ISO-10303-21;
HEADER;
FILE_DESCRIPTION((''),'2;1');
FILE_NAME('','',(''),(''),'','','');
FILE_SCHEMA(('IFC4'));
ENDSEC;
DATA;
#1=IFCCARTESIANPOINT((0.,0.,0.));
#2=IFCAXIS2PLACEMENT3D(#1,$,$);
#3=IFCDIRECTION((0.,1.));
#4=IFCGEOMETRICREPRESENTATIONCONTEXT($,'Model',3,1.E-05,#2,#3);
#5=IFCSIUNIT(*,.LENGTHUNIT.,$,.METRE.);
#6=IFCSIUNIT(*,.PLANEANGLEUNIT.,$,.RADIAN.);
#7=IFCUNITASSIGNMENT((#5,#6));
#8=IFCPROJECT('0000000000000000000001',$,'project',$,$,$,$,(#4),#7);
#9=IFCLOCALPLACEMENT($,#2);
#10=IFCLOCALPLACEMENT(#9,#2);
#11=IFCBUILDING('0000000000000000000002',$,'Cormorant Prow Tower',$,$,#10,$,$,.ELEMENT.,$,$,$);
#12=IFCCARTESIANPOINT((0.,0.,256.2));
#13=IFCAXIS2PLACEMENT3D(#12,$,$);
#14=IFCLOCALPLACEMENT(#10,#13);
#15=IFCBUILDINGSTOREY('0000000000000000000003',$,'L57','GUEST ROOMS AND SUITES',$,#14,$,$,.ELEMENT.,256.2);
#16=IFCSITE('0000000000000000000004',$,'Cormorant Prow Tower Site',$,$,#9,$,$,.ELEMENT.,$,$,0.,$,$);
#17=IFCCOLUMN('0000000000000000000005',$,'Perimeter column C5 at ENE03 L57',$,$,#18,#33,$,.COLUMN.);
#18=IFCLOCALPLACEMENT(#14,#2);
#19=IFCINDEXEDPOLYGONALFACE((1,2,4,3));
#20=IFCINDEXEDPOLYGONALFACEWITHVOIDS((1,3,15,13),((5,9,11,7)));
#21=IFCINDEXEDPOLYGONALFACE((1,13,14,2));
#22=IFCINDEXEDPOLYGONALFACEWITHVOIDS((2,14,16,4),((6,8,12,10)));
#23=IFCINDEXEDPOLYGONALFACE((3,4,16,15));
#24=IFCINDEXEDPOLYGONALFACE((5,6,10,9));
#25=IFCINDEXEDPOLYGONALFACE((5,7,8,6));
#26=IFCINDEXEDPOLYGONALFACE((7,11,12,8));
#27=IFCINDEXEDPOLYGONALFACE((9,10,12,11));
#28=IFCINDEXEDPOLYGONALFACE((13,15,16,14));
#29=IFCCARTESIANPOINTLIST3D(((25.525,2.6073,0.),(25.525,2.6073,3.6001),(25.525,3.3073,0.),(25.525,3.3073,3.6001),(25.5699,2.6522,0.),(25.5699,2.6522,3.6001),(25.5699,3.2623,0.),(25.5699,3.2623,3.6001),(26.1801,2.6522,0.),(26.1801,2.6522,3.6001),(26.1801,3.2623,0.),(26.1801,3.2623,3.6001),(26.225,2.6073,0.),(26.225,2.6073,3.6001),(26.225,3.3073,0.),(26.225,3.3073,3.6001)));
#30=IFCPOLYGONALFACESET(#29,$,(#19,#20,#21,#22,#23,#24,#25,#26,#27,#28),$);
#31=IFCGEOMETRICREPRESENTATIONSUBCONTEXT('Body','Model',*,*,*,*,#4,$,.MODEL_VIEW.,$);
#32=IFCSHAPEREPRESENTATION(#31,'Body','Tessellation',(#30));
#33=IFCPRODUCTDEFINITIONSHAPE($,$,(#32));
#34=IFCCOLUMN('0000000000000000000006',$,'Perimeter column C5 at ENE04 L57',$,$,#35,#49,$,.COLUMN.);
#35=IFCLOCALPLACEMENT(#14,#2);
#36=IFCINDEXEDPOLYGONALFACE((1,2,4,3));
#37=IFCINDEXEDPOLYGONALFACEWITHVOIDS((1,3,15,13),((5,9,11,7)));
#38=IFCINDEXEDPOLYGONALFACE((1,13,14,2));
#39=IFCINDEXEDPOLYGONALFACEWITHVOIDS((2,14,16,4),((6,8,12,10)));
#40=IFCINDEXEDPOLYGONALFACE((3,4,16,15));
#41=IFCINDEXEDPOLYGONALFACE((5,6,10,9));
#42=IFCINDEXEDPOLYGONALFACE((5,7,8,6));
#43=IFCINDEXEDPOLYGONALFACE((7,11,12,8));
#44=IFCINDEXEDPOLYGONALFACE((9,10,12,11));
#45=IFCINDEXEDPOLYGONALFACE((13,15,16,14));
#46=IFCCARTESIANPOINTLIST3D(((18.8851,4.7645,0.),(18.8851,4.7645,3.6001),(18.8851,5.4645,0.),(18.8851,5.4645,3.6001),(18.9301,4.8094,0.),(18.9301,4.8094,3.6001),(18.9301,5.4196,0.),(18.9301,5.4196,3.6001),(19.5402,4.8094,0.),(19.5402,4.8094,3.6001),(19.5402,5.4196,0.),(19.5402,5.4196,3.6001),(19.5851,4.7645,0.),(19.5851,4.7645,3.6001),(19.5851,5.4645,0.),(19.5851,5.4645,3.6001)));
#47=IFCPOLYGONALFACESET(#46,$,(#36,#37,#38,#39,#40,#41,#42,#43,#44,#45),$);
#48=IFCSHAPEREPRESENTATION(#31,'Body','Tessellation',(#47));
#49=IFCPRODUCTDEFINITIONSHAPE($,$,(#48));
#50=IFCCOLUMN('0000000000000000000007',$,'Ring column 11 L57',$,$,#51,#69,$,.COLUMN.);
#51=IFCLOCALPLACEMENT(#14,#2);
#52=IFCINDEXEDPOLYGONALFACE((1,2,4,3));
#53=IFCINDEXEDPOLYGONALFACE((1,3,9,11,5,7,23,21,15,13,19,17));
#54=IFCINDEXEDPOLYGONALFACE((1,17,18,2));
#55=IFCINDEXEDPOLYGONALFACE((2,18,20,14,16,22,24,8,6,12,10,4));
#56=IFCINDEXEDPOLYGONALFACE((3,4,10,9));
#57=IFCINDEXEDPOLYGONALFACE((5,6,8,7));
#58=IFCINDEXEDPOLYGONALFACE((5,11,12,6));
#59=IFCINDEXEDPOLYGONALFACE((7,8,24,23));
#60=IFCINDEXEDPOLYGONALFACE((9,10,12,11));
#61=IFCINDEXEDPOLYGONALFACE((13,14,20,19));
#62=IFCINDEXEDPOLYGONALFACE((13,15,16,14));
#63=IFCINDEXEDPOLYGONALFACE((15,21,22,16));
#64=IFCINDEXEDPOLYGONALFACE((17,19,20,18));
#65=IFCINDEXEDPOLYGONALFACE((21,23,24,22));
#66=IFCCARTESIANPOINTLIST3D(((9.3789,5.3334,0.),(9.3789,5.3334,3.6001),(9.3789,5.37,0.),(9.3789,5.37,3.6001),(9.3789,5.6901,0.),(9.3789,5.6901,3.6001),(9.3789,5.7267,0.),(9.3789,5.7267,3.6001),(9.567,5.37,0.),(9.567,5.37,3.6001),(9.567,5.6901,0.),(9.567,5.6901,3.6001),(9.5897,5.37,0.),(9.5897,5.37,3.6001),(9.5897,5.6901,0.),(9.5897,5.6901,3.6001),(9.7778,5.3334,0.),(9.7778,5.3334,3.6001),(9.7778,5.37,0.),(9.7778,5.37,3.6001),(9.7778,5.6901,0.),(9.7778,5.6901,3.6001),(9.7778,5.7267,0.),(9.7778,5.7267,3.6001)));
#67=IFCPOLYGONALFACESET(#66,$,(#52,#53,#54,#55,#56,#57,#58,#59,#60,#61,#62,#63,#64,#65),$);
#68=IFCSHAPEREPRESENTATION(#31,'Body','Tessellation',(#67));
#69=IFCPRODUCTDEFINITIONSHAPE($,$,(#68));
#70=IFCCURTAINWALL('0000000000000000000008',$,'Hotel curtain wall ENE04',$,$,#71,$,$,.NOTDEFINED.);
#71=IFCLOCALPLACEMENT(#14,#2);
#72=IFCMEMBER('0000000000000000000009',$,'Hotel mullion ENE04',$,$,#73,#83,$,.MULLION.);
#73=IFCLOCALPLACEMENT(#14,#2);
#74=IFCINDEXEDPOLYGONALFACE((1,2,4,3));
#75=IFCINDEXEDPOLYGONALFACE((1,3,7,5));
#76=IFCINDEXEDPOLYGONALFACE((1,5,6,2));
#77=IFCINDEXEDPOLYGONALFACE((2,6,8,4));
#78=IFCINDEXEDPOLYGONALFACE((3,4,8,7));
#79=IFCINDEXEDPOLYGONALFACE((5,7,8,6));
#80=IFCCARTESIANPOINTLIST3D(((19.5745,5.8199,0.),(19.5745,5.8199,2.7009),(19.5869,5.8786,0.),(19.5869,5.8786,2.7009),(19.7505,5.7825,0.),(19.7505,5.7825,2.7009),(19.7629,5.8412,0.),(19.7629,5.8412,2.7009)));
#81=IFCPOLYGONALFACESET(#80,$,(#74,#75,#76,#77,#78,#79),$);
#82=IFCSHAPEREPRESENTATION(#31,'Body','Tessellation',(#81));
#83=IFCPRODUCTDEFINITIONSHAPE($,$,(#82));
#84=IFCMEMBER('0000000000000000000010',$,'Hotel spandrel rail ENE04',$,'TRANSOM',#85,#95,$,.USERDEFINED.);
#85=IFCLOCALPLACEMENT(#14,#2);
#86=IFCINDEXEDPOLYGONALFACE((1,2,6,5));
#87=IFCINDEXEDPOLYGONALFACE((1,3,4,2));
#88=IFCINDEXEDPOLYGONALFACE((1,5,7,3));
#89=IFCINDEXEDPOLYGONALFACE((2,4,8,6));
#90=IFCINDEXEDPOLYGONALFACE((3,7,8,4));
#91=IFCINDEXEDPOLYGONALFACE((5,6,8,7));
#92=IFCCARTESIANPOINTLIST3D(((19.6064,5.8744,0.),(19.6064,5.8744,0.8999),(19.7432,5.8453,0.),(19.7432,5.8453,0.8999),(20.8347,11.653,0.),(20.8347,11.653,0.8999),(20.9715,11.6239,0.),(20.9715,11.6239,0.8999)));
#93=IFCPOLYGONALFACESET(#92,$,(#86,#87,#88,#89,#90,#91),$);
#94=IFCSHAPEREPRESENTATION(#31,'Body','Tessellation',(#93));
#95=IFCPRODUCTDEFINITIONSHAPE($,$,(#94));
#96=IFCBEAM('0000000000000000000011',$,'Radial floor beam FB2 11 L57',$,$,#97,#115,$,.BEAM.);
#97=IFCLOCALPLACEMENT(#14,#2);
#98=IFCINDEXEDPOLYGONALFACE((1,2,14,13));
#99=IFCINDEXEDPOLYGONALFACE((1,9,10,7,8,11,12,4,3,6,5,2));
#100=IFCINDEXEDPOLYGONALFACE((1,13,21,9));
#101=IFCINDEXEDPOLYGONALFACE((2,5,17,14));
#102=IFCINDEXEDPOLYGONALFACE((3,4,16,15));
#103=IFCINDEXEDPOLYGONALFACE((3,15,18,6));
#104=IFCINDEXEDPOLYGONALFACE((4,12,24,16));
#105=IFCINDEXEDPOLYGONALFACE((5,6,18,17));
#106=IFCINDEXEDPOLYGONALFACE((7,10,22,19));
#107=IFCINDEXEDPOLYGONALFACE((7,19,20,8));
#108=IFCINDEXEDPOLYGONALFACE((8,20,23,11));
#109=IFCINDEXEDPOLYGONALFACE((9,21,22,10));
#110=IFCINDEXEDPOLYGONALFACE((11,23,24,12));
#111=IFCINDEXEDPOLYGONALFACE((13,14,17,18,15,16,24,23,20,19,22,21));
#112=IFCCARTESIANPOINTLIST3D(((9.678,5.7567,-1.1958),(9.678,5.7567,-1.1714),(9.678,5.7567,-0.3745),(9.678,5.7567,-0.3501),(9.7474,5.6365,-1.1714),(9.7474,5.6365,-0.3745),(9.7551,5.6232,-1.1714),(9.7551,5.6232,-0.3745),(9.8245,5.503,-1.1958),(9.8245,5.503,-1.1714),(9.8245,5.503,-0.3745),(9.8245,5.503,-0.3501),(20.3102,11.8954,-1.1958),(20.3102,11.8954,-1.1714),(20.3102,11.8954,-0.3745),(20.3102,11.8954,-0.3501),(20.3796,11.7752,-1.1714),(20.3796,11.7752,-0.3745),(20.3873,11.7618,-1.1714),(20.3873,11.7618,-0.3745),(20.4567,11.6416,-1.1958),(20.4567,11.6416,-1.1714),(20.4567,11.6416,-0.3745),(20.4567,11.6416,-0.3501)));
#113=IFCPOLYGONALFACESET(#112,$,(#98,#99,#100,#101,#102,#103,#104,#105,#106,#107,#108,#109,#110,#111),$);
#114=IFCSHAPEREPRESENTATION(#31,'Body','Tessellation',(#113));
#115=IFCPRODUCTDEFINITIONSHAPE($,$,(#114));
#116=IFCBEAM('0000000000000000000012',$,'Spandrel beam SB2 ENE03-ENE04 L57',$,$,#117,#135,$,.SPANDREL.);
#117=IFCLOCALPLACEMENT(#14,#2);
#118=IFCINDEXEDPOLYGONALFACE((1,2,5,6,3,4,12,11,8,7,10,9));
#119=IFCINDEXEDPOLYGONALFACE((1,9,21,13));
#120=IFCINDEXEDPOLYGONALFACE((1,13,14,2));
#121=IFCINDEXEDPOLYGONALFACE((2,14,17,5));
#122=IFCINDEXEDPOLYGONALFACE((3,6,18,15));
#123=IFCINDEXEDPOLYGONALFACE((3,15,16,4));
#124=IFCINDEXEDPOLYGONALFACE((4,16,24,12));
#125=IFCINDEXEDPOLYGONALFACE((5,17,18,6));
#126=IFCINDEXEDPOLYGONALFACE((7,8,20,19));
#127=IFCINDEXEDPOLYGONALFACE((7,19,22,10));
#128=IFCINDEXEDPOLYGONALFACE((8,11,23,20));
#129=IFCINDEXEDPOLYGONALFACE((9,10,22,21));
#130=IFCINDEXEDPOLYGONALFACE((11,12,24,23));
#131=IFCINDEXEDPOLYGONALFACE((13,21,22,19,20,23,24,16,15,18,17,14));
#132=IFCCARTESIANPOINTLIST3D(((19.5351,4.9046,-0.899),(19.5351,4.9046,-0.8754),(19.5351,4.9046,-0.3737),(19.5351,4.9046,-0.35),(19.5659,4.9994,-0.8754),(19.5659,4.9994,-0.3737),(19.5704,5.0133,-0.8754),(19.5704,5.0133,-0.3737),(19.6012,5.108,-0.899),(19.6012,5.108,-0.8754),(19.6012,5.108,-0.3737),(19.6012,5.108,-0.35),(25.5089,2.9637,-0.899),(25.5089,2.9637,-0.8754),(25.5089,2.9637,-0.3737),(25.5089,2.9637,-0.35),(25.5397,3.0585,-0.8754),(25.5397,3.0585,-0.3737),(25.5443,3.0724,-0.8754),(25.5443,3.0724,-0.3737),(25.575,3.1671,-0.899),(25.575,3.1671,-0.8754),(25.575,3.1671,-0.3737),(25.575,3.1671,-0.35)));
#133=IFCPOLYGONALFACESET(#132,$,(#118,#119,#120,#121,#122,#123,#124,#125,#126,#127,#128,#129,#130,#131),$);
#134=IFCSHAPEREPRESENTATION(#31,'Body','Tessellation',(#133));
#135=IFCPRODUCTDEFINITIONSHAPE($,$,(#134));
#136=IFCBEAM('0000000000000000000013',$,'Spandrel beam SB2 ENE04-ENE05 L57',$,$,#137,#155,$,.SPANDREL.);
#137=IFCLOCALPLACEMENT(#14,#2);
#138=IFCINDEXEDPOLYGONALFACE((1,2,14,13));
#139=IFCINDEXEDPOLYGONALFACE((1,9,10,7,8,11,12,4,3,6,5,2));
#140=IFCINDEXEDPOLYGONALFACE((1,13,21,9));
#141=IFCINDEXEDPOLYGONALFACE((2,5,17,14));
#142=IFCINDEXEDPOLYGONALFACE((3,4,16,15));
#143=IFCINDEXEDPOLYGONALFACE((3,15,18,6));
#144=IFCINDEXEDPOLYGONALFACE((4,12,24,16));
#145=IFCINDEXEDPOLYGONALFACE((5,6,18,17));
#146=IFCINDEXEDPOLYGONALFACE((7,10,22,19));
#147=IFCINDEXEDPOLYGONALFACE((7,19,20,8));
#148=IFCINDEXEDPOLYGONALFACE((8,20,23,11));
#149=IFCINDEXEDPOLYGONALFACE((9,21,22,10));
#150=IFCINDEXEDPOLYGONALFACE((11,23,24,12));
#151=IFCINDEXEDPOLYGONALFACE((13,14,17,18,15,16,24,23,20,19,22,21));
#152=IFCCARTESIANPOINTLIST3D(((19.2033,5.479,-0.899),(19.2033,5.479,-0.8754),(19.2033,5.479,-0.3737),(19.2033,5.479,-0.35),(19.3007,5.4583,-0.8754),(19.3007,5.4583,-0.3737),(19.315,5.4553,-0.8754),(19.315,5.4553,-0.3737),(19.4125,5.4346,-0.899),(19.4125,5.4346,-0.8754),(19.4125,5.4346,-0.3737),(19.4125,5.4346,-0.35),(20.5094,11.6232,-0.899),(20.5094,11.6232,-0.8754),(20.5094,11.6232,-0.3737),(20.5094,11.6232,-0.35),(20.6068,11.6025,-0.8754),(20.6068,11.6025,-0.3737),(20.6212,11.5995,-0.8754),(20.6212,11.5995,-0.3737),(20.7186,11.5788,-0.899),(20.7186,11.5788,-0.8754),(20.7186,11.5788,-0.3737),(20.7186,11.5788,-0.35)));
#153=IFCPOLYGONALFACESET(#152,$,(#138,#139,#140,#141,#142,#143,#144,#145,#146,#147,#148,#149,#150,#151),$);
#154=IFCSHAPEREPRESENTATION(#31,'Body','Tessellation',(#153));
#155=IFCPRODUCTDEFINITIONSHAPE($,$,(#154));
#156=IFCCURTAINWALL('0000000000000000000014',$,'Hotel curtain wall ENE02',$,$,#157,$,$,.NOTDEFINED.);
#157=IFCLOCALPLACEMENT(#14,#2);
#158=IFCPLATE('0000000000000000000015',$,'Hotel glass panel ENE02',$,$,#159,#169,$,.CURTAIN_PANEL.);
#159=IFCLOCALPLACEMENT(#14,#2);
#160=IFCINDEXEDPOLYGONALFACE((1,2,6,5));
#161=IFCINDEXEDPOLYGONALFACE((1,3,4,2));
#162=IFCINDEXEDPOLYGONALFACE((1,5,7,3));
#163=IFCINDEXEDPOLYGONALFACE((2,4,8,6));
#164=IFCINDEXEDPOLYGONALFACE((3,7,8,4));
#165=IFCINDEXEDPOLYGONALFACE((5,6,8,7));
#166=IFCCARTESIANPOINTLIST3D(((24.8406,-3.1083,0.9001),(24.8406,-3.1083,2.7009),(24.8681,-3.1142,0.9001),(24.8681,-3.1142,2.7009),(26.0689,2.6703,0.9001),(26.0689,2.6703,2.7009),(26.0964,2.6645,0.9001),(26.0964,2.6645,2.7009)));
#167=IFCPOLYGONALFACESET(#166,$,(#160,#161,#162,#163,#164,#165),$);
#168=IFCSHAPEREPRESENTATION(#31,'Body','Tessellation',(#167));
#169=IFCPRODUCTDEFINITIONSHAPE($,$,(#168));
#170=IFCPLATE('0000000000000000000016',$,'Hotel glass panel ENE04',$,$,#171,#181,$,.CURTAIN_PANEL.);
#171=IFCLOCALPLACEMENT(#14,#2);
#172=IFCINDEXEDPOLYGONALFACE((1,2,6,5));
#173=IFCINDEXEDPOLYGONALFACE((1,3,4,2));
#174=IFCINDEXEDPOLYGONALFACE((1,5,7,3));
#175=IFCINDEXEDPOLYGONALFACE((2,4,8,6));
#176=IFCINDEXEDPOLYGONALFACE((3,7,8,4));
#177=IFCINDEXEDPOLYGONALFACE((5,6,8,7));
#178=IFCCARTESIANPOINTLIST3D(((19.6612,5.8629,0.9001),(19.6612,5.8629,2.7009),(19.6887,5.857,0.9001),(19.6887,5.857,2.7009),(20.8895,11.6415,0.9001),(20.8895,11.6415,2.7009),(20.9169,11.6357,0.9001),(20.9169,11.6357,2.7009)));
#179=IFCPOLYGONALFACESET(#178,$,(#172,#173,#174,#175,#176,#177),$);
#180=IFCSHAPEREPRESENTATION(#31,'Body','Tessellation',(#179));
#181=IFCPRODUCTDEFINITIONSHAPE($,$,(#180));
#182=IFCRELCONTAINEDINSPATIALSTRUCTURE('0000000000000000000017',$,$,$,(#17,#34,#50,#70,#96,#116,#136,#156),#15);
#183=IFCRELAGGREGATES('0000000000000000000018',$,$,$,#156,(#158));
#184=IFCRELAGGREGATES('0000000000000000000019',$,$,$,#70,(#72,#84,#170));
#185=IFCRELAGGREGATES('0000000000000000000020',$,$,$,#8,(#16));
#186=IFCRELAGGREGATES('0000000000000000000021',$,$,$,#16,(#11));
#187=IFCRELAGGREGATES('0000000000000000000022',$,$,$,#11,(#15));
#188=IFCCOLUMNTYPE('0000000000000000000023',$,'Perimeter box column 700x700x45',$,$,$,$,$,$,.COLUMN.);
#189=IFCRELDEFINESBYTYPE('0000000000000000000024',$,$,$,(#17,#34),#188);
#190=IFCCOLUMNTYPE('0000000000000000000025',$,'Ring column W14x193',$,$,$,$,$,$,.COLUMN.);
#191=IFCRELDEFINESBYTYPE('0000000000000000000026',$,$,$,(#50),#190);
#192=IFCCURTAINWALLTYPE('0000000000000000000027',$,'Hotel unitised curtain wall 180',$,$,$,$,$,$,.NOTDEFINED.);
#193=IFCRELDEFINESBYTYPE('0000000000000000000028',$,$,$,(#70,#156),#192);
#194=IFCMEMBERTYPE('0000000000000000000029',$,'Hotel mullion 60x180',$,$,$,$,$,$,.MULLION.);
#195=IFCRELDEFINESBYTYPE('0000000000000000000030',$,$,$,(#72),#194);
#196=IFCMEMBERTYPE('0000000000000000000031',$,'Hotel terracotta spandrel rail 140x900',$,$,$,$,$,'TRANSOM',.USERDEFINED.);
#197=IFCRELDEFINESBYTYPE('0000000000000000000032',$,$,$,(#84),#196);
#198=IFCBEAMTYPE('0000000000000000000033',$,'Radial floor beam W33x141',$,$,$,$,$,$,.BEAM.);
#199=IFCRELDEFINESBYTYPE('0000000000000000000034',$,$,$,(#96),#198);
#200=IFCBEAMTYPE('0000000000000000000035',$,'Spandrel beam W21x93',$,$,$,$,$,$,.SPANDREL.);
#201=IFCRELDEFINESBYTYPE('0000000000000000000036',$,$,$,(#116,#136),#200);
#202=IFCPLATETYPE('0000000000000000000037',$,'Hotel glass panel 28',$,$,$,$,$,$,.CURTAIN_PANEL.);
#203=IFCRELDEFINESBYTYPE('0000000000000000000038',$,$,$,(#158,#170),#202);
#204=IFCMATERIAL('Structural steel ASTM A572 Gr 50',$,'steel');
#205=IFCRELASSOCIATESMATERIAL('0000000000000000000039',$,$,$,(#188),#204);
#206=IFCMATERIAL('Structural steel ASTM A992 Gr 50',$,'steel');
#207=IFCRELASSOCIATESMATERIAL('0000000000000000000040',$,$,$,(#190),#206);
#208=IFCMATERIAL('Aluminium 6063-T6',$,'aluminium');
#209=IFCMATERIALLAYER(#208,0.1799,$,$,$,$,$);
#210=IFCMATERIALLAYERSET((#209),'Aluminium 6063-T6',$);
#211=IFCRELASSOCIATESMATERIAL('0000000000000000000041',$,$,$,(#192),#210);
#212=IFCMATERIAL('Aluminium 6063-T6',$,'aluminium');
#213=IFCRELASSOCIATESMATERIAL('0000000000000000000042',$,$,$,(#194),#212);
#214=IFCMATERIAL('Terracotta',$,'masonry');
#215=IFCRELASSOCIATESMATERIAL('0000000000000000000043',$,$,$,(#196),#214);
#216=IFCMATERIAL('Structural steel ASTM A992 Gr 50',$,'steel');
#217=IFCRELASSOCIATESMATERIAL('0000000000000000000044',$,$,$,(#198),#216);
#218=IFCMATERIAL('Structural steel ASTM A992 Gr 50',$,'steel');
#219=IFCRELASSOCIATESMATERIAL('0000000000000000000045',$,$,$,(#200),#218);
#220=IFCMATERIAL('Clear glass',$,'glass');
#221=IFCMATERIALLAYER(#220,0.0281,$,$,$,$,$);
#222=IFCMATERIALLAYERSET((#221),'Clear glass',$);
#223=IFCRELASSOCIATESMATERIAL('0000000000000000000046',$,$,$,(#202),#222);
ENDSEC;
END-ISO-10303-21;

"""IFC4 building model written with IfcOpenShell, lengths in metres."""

from ifc_helpers import new_model, si_unit, direction, frame, origin, origin_2d, place, context, subcontext, project, spatial, rectangle, hollow_rectangle, i_section, extrude, material, layer, layer_set, material_profile, profile_set, type_object, element, aggregate, save


model = new_model("IFC4")

# Units and contexts
model_context = context("Model", 3, precision=1e-05, world=origin(), true_north=direction((0.0, 1.0)))
body_context = subcontext(model_context, "Body", "Model", "MODEL_VIEW")
ifc_project = project(units=[si_unit("LENGTHUNIT", "METRE"), si_unit("PLANEANGLEUNIT", "RADIAN")], contexts=[model_context])

# Site, building, storey
site_placement = place(None, origin())
site = spatial("IfcSite", under=ifc_project, at=site_placement, Name="Cormorant Prow Tower Site", CompositionType="ELEMENT", RefElevation=0.0)
building_placement = place(site_placement, origin())
building = spatial("IfcBuilding", under=site, at=building_placement, Name="Cormorant Prow Tower", CompositionType="ELEMENT")
storey_placement = place(building_placement, frame((0.0, 0.0, 256.2)))
storey = spatial("IfcBuildingStorey", under=building, at=storey_placement, Name="L57", Description="GUEST ROOMS AND SUITES", CompositionType="ELEMENT", Elevation=256.2)

# Columns
ifc_material_1 = material(Name="Structural steel ASTM A572 Gr 50", Category="steel")
ifc_material_profile_1 = material_profile(ifc_material_1, hollow_rectangle(XDim=0.7, YDim=0.7, WallThickness=0.0449, at=origin_2d()), Name="Box 700x700x45")
ifc_profile_set_1 = profile_set([ifc_material_profile_1], Name="Structural steel ASTM A572 Gr 50")
column_type_1 = type_object("IfcColumnType", Name="Perimeter box column 700x700x45", PredefinedType="COLUMN", material=ifc_profile_set_1)
for number, where, z_axis, x_axis, name in (
    (1, (25.875, 2.9573, 0.0), (0.0, 0.0, 1.0), (1.0, 0.0, 0.0), "Perimeter column C5 at ENE03 L57"),
    (2, (19.2351, 5.1145, 0.0), (0.0, 0.0, 1.0), (1.0, 0.0, 0.0), "Perimeter column C5 at ENE04 L57"),
):
    element("IfcColumn", number, at=place(storey_placement, frame(where, z_axis=z_axis, x_axis=x_axis)), inside=storey, type_object=column_type_1, Name=name, PredefinedType="COLUMN", context=body_context, shape_type="SweptSolid", body=[
        extrude(hollow_rectangle(XDim=0.7, YDim=0.7, WallThickness=0.0449, at=origin_2d()), origin(), (0.0, 0.0, 1.0), 3.6001),
    ])
ifc_material_2 = material(Name="Structural steel ASTM A992 Gr 50", Category="steel")
ifc_material_profile_2 = material_profile(ifc_material_2, i_section(OverallWidth=0.3989, OverallDepth=0.3933, WebThickness=0.0227, FlangeThickness=0.0366, at=origin_2d()), Name="W14x193")
ifc_profile_set_2 = profile_set([ifc_material_profile_2], Name="Structural steel ASTM A992 Gr 50")
column_type_2 = type_object("IfcColumnType", Name="Ring column W14x193", PredefinedType="COLUMN", material=ifc_profile_set_2)
column_placement = place(storey_placement, frame((9.5784, 5.53, 0.0), z_axis=(0.0, 0.0, 1.0), x_axis=(1.0, 0.0, 0.0)))
element("IfcColumn", 3, at=column_placement, inside=storey, type_object=column_type_2, Name="Ring column 11 L57", PredefinedType="COLUMN", context=body_context, shape_type="SweptSolid", body=[
    extrude(i_section(OverallWidth=0.3989, OverallDepth=0.3933, WebThickness=0.0227, FlangeThickness=0.0366, at=origin_2d()), origin(), (0.0, 0.0, 1.0), 3.6001),
])

# Curtain wall, members
ifc_material_3 = material(Name="Aluminium 6063-T6", Category="aluminium")
ifc_layer_1 = layer(ifc_material_3, 0.1799)
ifc_layer_set_1 = layer_set([ifc_layer_1], Name="Aluminium 6063-T6")
curtain_wall_type = type_object("IfcCurtainWallType", Name="Hotel unitised curtain wall 180", PredefinedType="NOTDEFINED", material=ifc_layer_set_1)
curtain_wall_1_placement = place(storey_placement, origin())
curtain_wall_1 = element("IfcCurtainWall", 4, at=curtain_wall_1_placement, inside=storey, type_object=curtain_wall_type, Name="Hotel curtain wall ENE04", PredefinedType="NOTDEFINED")
ifc_material_4 = material(Name="Aluminium 6063-T6", Category="aluminium")
ifc_material_profile_3 = material_profile(ifc_material_4, rectangle(XDim=0.1799, YDim=0.0601, at=origin_2d()), Name="Hotel mullion 60x180")
ifc_profile_set_3 = profile_set([ifc_material_profile_3], Name="Aluminium 6063-T6")
member_type_1 = type_object("IfcMemberType", Name="Hotel mullion 60x180", PredefinedType="MULLION", material=ifc_profile_set_3)
member_1_placement = place(storey_placement, frame((19.6687, 5.8306, 0.0), z_axis=(0.0, 0.0, 1.0), x_axis=(-0.978148, 0.207912, 0.0)))
member_1 = element("IfcMember", 5, at=member_1_placement, type_object=member_type_1, Name="Hotel mullion ENE04", PredefinedType="MULLION", context=body_context, shape_type="SweptSolid", body=[
    extrude(rectangle(XDim=0.1799, YDim=0.0601, at=origin_2d()), origin(), (0.0, 0.0, 1.0), 2.7009),
])
ifc_material_5 = material(Name="Terracotta", Category="masonry")
ifc_material_profile_4 = material_profile(ifc_material_5, rectangle(XDim=0.1399, YDim=0.8999, at=origin_2d()), Name="Hotel terracotta spandrel rail 140x900")
ifc_profile_set_4 = profile_set([ifc_material_profile_4], Name="Terracotta")
member_type_2 = type_object("IfcMemberType", Name="Hotel terracotta spandrel rail 140x900", ElementType="TRANSOM", PredefinedType="USERDEFINED", material=ifc_profile_set_4)
member_2_placement = place(storey_placement, frame((19.6748, 5.8599, 0.45), z_axis=(0.207912, 0.978148, 0.0), x_axis=(-0.978148, 0.207912, 0.0)))
member_2 = element("IfcMember", 6, at=member_2_placement, type_object=member_type_2, Name="Hotel spandrel rail ENE04", ObjectType="TRANSOM", PredefinedType="USERDEFINED", context=body_context, shape_type="SweptSolid", body=[
    extrude(rectangle(XDim=0.1399, YDim=0.8999, at=origin_2d()), origin(), (0.0, 0.0, 1.0), 5.9077),
])

# Beams
ifc_material_6 = material(Name="Structural steel ASTM A992 Gr 50", Category="steel")
ifc_material_profile_5 = material_profile(ifc_material_6, i_section(OverallWidth=0.293, OverallDepth=0.8457, WebThickness=0.0154, FlangeThickness=0.0244, at=origin_2d()), Name="W33x141")
ifc_profile_set_5 = profile_set([ifc_material_profile_5], Name="Structural steel ASTM A992 Gr 50")
beam_type_1 = type_object("IfcBeamType", Name="Radial floor beam W33x141", PredefinedType="BEAM", material=ifc_profile_set_5)
beam_1_placement = place(storey_placement, frame((9.7512, 5.6299, -0.7729), z_axis=(0.866022, 0.500006, 0.0), x_axis=(-0.500006, 0.866022, 0.0)))
element("IfcBeam", 7, at=beam_1_placement, inside=storey, type_object=beam_type_1, Name="Radial floor beam FB2 11 L57", PredefinedType="BEAM", context=body_context, shape_type="SweptSolid", body=[
    extrude(i_section(OverallWidth=0.293, OverallDepth=0.8457, WebThickness=0.0154, FlangeThickness=0.0244, at=origin_2d()), origin(), (0.0, 0.0, 1.0), 12.2771),
])
ifc_material_7 = material(Name="Structural steel ASTM A992 Gr 50", Category="steel")
ifc_material_profile_6 = material_profile(ifc_material_7, i_section(OverallWidth=0.2139, OverallDepth=0.5491, WebThickness=0.0146, FlangeThickness=0.0237, at=origin_2d()), Name="W21x93")
ifc_profile_set_6 = profile_set([ifc_material_profile_6], Name="Structural steel ASTM A992 Gr 50")
beam_type_2 = type_object("IfcBeamType", Name="Spandrel beam W21x93", PredefinedType="SPANDREL", material=ifc_profile_set_6)
beam_2_placement = place(storey_placement, frame((25.542, 3.0654, -0.6245), z_axis=(-0.951062, 0.309001, 0.0), x_axis=(-0.309001, -0.951062, 0.0)))
element("IfcBeam", 8, at=beam_2_placement, inside=storey, type_object=beam_type_2, Name="Spandrel beam SB2 ENE03-ENE04 L57", PredefinedType="SPANDREL", context=body_context, shape_type="SweptSolid", body=[
    extrude(i_section(OverallWidth=0.2139, OverallDepth=0.5491, WebThickness=0.0146, FlangeThickness=0.0237, at=origin_2d()), origin(), (0.0, 0.0, 1.0), 6.2812),
])
beam_3_placement = place(storey_placement, frame((19.3079, 5.4568, -0.6245), z_axis=(0.207934, 0.978143, 0.0), x_axis=(-0.978143, 0.207934, 0.0)))
element("IfcBeam", 9, at=beam_3_placement, inside=storey, type_object=beam_type_2, Name="Spandrel beam SB2 ENE04-ENE05 L57", PredefinedType="SPANDREL", context=body_context, shape_type="SweptSolid", body=[
    extrude(i_section(OverallWidth=0.2139, OverallDepth=0.5491, WebThickness=0.0146, FlangeThickness=0.0237, at=origin_2d()), origin(), (0.0, 0.0, 1.0), 6.2815),
])

# Curtain wall, plate
curtain_wall_2_placement = place(storey_placement, origin())
curtain_wall_2 = element("IfcCurtainWall", 10, at=curtain_wall_2_placement, inside=storey, type_object=curtain_wall_type, Name="Hotel curtain wall ENE02", PredefinedType="NOTDEFINED")
ifc_material_8 = material(Name="Clear glass", Category="glass")
ifc_layer_2 = layer(ifc_material_8, 0.0281)
ifc_layer_set_2 = layer_set([ifc_layer_2], Name="Clear glass")
plate_type = type_object("IfcPlateType", Name="Hotel glass panel 28", PredefinedType="CURTAIN_PANEL", material=ifc_layer_set_2)
plate_1_placement = place(storey_placement, frame((25.4685, -0.2219, 0.9001), z_axis=(0.0, 0.0, 1.0), x_axis=(0.207912, 0.978148, 0.0)))
plate_1 = element("IfcPlate", 11, at=plate_1_placement, type_object=plate_type, Name="Hotel glass panel ENE02", PredefinedType="CURTAIN_PANEL", context=body_context, shape_type="SweptSolid", body=[
    extrude(rectangle(XDim=5.9077, YDim=0.0281, at=origin_2d()), origin(), (0.0, 0.0, 1.0), 1.8008),
])
aggregate(curtain_wall_2, [plate_1])

# Plate
plate_2_placement = place(storey_placement, frame((20.2891, 8.7493, 0.9001), z_axis=(0.0, 0.0, 1.0), x_axis=(0.207912, 0.978148, 0.0)))
plate_2 = element("IfcPlate", 12, at=plate_2_placement, type_object=plate_type, Name="Hotel glass panel ENE04", PredefinedType="CURTAIN_PANEL", context=body_context, shape_type="SweptSolid", body=[
    extrude(rectangle(XDim=5.9077, YDim=0.0281, at=origin_2d()), origin(), (0.0, 0.0, 1.0), 1.8008),
])
aggregate(curtain_wall_1, [member_1, member_2, plate_2])

save(model, "model.ifc")
